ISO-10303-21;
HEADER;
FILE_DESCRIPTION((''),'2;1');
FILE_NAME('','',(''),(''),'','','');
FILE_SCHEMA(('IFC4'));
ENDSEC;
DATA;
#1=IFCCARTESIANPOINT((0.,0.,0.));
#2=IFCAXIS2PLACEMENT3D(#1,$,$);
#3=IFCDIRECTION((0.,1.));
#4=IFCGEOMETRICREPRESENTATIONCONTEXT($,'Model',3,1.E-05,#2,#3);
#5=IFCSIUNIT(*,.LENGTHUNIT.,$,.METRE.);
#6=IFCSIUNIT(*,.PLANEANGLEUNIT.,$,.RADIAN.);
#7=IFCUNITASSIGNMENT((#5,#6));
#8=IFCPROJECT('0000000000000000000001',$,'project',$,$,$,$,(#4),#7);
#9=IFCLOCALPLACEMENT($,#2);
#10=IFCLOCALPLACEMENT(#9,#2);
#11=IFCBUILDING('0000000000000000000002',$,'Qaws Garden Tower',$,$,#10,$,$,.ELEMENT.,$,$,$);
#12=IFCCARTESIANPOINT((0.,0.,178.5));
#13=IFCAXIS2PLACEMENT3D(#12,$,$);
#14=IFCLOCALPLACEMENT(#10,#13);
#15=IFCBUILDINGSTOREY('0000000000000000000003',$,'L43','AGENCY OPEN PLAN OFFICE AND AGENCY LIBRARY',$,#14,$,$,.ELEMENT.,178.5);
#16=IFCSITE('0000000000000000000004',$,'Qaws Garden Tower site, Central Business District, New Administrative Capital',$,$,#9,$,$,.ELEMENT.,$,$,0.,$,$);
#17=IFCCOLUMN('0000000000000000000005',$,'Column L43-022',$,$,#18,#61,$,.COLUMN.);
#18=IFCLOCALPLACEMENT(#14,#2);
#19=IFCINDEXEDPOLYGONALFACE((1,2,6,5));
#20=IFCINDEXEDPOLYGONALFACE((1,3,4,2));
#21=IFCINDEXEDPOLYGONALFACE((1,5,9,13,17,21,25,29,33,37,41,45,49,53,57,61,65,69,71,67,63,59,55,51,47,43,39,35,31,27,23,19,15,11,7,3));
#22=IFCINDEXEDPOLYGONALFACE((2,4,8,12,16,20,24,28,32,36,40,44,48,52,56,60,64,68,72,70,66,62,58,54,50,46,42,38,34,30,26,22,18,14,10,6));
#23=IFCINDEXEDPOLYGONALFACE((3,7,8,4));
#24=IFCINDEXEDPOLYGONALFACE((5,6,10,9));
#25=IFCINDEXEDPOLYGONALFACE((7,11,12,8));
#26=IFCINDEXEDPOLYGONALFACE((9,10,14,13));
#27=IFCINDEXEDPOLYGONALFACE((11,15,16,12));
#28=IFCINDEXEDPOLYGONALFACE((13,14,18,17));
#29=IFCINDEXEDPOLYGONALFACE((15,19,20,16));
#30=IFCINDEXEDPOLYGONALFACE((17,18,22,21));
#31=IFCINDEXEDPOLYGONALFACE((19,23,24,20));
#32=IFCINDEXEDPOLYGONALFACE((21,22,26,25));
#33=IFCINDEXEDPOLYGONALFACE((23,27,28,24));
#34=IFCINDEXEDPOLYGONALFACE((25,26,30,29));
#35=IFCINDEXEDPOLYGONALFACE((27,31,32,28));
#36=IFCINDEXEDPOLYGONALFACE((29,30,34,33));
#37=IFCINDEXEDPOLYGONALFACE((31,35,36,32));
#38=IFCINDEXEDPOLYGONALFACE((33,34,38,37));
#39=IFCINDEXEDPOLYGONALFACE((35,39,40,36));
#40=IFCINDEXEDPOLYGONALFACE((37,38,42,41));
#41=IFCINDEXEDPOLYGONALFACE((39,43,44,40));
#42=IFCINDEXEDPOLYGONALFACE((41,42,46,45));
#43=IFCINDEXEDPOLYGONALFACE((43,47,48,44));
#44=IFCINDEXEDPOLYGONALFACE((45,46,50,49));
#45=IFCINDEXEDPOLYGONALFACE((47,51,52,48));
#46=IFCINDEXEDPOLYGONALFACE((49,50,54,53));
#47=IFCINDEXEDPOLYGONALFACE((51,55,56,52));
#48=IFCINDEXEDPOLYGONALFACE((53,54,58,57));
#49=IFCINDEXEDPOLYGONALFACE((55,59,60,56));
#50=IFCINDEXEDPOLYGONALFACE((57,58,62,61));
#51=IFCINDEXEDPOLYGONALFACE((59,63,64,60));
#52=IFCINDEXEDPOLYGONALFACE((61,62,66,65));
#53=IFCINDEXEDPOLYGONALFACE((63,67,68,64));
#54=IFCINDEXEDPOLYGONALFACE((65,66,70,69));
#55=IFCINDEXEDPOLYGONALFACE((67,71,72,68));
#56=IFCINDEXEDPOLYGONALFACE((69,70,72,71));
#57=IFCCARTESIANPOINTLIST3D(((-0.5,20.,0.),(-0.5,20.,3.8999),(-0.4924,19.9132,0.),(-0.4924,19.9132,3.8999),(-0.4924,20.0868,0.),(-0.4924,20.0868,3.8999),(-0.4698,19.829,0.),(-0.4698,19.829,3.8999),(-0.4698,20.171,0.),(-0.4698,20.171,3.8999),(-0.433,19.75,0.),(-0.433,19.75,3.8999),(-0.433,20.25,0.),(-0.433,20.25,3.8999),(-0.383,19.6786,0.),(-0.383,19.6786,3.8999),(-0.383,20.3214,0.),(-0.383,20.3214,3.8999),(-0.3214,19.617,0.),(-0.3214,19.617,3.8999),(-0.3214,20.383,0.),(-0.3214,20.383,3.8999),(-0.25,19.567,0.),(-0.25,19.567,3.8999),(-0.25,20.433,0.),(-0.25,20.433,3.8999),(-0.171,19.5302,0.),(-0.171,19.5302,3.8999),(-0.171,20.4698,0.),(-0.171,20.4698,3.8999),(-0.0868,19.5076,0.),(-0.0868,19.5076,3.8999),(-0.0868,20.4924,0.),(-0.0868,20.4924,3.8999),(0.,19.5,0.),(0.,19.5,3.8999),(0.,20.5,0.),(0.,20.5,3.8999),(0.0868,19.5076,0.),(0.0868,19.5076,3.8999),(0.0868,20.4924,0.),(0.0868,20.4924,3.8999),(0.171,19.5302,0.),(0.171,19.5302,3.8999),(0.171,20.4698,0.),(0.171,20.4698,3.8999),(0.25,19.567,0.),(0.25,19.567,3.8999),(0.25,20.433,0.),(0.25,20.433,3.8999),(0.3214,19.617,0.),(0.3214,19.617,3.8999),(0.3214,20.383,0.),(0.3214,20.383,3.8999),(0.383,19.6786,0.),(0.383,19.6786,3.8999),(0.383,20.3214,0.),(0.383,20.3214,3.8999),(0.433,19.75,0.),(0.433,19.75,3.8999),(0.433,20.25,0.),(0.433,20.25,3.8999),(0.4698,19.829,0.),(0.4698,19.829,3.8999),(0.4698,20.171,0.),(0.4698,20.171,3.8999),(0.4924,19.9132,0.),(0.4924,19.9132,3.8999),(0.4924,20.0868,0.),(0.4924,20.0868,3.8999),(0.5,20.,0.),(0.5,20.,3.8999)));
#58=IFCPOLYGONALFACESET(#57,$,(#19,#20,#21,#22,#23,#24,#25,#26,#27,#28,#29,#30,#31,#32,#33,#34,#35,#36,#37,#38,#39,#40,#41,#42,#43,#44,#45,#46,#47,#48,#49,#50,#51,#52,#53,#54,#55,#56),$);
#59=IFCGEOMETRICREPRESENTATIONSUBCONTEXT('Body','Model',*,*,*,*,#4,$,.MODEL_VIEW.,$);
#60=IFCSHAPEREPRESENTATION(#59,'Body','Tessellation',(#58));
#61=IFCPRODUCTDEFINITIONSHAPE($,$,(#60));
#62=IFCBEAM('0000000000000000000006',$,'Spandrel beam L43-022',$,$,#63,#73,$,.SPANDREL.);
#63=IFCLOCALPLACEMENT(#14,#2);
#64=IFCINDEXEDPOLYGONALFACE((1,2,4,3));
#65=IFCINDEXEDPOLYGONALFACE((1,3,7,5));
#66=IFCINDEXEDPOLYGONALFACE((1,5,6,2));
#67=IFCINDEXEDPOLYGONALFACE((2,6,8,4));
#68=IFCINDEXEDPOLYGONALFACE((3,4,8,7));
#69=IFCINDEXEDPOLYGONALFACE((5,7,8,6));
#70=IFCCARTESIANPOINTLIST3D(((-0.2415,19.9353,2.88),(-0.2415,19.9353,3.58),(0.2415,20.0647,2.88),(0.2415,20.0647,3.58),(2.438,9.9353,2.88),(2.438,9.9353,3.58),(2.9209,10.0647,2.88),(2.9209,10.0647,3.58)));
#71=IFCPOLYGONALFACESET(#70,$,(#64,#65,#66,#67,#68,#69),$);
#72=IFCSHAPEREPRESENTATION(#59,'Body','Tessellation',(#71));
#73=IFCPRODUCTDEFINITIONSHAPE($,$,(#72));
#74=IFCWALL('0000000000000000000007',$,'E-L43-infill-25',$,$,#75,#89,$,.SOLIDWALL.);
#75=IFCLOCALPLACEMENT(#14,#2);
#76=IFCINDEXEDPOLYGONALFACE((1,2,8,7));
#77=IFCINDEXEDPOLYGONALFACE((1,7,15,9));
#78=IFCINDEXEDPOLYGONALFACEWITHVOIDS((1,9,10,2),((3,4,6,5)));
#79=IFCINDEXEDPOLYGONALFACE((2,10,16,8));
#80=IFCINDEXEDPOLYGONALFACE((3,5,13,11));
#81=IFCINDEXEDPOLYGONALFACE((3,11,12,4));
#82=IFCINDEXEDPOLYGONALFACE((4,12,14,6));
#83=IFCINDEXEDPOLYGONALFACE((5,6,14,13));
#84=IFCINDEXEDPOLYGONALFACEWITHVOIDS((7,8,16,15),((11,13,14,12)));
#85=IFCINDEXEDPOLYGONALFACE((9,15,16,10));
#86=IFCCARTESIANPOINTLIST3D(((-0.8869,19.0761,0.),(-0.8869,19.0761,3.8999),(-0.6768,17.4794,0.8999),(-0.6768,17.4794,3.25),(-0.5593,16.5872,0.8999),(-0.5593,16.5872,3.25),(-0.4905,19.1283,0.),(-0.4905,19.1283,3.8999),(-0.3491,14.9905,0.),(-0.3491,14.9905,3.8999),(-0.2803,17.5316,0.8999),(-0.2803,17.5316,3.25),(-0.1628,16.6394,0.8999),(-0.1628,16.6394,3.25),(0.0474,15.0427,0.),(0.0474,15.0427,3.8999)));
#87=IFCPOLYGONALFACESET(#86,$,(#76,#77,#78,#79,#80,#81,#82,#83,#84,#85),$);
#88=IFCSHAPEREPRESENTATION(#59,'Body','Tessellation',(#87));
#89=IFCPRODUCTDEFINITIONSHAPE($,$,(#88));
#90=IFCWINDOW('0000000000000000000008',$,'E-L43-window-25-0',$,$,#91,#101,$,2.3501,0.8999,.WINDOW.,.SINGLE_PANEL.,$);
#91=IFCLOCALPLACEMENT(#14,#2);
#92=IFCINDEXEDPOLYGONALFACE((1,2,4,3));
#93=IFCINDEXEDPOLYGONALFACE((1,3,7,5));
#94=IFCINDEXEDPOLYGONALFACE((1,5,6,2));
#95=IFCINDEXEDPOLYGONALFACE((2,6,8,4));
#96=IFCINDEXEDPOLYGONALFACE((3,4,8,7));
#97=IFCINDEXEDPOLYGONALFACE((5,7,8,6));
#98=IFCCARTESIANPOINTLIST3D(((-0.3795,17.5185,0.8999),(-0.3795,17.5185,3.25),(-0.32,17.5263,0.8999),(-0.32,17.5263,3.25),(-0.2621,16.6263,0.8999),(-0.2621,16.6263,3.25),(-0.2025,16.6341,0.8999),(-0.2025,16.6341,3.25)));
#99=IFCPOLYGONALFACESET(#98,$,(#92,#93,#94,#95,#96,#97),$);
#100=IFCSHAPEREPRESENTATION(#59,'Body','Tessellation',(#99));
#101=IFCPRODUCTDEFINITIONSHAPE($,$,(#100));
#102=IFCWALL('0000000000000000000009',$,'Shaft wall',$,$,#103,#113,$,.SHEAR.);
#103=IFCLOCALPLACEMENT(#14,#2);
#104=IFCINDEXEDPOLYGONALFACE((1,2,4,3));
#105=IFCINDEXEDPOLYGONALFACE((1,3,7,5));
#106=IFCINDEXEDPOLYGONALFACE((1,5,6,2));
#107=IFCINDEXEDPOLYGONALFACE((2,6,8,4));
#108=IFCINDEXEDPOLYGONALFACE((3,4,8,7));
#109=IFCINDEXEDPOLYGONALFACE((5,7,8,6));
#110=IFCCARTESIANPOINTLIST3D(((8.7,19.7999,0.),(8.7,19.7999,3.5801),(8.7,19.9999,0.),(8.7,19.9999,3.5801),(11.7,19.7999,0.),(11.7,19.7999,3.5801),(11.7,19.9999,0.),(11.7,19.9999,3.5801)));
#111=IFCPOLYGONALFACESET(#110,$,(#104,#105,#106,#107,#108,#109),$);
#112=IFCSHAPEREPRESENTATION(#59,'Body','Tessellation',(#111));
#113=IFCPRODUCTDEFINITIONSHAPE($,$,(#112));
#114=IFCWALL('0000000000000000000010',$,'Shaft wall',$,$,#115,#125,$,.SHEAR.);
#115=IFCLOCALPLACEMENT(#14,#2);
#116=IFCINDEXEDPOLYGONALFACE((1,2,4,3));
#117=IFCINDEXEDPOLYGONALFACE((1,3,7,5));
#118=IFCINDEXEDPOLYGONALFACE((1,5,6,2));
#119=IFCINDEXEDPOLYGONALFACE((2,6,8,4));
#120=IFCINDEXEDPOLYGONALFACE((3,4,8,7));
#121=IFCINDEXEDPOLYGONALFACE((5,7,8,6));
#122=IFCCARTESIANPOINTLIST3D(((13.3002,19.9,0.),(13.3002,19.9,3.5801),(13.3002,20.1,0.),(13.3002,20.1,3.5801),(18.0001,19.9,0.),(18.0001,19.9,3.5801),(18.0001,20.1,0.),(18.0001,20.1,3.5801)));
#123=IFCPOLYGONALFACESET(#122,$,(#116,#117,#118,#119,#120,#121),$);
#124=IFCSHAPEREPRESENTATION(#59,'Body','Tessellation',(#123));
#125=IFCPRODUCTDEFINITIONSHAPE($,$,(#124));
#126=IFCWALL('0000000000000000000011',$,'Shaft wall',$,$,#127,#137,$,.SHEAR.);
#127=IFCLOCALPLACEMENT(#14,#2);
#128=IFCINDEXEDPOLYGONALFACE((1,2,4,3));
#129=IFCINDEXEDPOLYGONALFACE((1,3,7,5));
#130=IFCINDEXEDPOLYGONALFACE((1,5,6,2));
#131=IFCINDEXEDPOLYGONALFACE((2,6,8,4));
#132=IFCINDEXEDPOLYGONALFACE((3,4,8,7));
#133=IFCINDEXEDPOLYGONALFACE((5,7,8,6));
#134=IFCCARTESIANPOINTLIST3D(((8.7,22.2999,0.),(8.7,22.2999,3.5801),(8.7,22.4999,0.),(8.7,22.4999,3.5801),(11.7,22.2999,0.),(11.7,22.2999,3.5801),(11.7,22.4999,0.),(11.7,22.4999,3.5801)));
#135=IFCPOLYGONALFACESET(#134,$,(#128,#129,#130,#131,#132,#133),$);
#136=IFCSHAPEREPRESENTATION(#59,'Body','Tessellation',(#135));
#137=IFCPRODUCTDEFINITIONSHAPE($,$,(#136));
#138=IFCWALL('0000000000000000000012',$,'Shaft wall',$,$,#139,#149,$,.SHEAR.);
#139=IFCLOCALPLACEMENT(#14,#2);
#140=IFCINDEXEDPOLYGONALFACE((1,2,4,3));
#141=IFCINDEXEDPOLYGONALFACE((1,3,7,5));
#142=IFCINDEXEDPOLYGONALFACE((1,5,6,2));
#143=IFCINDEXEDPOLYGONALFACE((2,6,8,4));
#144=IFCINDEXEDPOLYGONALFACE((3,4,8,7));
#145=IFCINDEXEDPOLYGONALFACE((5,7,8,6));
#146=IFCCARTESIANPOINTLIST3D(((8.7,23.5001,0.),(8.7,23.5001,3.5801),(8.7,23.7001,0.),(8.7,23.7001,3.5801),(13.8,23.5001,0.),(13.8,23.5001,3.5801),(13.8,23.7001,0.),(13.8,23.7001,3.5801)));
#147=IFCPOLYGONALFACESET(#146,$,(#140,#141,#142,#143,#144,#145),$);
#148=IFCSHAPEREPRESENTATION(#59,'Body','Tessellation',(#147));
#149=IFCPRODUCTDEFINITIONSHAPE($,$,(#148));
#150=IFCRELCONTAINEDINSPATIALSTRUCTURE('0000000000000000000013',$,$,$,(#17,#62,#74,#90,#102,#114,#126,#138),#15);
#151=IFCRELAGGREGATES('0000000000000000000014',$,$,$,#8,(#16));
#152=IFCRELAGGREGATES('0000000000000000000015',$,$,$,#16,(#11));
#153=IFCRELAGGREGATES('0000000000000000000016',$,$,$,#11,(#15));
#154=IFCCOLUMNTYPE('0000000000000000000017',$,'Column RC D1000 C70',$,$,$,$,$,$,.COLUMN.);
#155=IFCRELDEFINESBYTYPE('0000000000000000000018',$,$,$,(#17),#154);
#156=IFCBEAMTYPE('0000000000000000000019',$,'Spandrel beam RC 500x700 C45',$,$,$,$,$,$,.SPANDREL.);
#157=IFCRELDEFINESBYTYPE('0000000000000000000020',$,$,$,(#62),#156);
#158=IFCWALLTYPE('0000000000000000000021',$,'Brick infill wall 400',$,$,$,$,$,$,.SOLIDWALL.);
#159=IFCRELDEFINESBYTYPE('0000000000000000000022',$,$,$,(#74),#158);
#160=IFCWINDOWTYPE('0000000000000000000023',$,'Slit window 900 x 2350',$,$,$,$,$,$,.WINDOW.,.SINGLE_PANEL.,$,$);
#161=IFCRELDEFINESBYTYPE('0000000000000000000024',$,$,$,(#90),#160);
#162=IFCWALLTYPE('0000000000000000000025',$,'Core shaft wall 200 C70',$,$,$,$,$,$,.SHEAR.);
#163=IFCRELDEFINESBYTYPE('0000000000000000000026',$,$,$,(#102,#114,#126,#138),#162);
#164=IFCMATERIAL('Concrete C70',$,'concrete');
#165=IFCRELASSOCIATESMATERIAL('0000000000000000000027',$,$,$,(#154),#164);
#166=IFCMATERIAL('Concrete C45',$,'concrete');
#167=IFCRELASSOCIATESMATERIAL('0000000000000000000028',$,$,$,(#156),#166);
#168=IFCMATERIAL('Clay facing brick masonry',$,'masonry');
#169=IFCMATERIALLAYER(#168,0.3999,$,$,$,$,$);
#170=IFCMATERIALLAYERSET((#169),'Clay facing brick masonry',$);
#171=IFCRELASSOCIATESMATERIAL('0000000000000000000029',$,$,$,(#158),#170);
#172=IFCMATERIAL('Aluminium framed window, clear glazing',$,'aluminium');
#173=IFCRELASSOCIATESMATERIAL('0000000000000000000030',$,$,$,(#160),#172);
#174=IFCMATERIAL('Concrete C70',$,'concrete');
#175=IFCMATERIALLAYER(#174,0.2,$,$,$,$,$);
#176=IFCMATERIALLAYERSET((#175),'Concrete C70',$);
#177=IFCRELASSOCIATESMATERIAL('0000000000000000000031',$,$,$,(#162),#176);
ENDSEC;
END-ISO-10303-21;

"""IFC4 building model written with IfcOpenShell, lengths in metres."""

from ifc_helpers import new_model, si_unit, direction, frame, frame_2d, origin, origin_2d, place, context, subcontext, project, spatial, rectangle, circle, extrude, material, layer, layer_set, material_profile, profile_set, type_object, element, fill, save


model = new_model("IFC4")

# Units and contexts
model_context = context("Model", 3, precision=1e-05, world=origin(), true_north=direction((0.0, 1.0)))
body_context = subcontext(model_context, "Body", "Model", "MODEL_VIEW")
ifc_project = project(units=[si_unit("LENGTHUNIT", "METRE"), si_unit("PLANEANGLEUNIT", "RADIAN")], contexts=[model_context])

# Site, building, storey
site_placement = place(None, origin())
site = spatial("IfcSite", under=ifc_project, at=site_placement, Name="Qaws Garden Tower site, Central Business District, New Administrative Capital", CompositionType="ELEMENT", RefElevation=0.0)
building_placement = place(site_placement, origin())
building = spatial("IfcBuilding", under=site, at=building_placement, Name="Qaws Garden Tower", CompositionType="ELEMENT")
storey_placement = place(building_placement, frame((0.0, 0.0, 178.5)))
storey = spatial("IfcBuildingStorey", under=building, at=storey_placement, Name="L43", Description="AGENCY OPEN PLAN OFFICE AND AGENCY LIBRARY", CompositionType="ELEMENT", Elevation=178.5)

# Column
ifc_material_1 = material(Name="Concrete C70", Category="concrete")
ifc_material_profile_1 = material_profile(ifc_material_1, circle(Radius=0.5, at=origin_2d()), Name="RC D1000")
ifc_profile_set_1 = profile_set([ifc_material_profile_1], Name="Concrete C70")
column_type = type_object("IfcColumnType", Name="Column RC D1000 C70", PredefinedType="COLUMN", material=ifc_profile_set_1)
column_placement = place(storey_placement, frame((0.0, 20.0, 0.0), z_axis=(0.0, 0.0, 1.0), x_axis=(1.0, 0.0, 0.0)))
element("IfcColumn", 1, at=column_placement, inside=storey, type_object=column_type, Name="Column L43-022", PredefinedType="COLUMN", context=body_context, shape_type="SweptSolid", body=[
    extrude(circle(Radius=0.5, at=origin_2d()), origin(), (0.0, 0.0, 1.0), 3.8999),
])

# Beam
ifc_material_2 = material(Name="Concrete C45", Category="concrete")
ifc_material_profile_2 = material_profile(ifc_material_2, rectangle(XDim=0.5, YDim=0.7, at=origin_2d()), Name="RC 500x700")
ifc_profile_set_2 = profile_set([ifc_material_profile_2], Name="Concrete C45")
beam_type = type_object("IfcBeamType", Name="Spandrel beam RC 500x700 C45", PredefinedType="SPANDREL", material=ifc_profile_set_2)
beam_placement = place(storey_placement, frame((0.0, 20.0, 3.23), z_axis=(0.258815, -0.965927, 0.0), x_axis=(0.965927, 0.258815, 0.0)))
element("IfcBeam", 2, at=beam_placement, inside=storey, type_object=beam_type, Name="Spandrel beam L43-022", PredefinedType="SPANDREL", context=body_context, shape_type="SweptSolid", body=[
    extrude(rectangle(XDim=0.5, YDim=0.7, at=origin_2d()), origin(), (0.0, 0.0, 1.0), 10.3528),
])

# Wall, opening, window
ifc_material_3 = material(Name="Clay facing brick masonry", Category="masonry")
ifc_layer_1 = layer(ifc_material_3, 0.3999)
ifc_layer_set_1 = layer_set([ifc_layer_1], Name="Clay facing brick masonry")
wall_type_1 = type_object("IfcWallType", Name="Brick infill wall 400", PredefinedType="SOLIDWALL", material=ifc_layer_set_1)
wall_1_placement = place(storey_placement, frame((-0.6887, 19.1023, 0.0), z_axis=(0.0, 0.0, 1.0), x_axis=(0.130514, -0.991446, 0.0)))
wall_1 = element("IfcWall", 3, at=wall_1_placement, inside=storey, type_object=wall_type_1, Name="E-L43-infill-25", PredefinedType="SOLIDWALL", context=body_context, shape_type="SweptSolid", body=[
    extrude(rectangle(XDim=4.1208, YDim=0.3999, at=frame_2d((2.0605, 0.0))), origin(), (0.0, 0.0, 1.0), 3.8999),
])
opening_1_placement = place(wall_1_placement, frame((1.6106, 0.0, 0.8999)))
opening_1 = element("IfcOpeningElement", 4, at=opening_1_placement, cuts=wall_1, PredefinedType="OPENING", context=body_context, shape_type="SweptSolid", body=[
    extrude(rectangle(XDim=0.8999, YDim=2.3501, at=frame_2d((0.45, 1.175))), frame((0.0, 0.21, 0.0), z_axis=(0.0, -1.0, 0.0), x_axis=(1.0, 0.0, 0.0)), (0.0, 0.0, 1.0), 0.4199),
])
ifc_material_4 = material(Name="Aluminium framed window, clear glazing", Category="aluminium")
window_type = type_object("IfcWindowType", Name="Slit window 900 x 2350", PartitioningType="SINGLE_PANEL", PredefinedType="WINDOW", material=ifc_material_4)
window_placement = place(opening_1_placement, origin())
window = element("IfcWindow", 5, at=window_placement, inside=storey, type_object=window_type, Name="E-L43-window-25-0", OverallHeight=2.3501, OverallWidth=0.8999, PartitioningType="SINGLE_PANEL", PredefinedType="WINDOW", context=body_context, shape_type="SweptSolid", body=[
    extrude(rectangle(XDim=0.8999, YDim=2.3501, at=frame_2d((0.45, 1.175))), frame((0.0, 0.1599, 0.0), z_axis=(0.0, -1.0, 0.0), x_axis=(1.0, 0.0, 0.0)), (0.0, 0.0, 1.0), 0.0601),
])
fill(opening_1, window)

# Walls
ifc_material_5 = material(Name="Concrete C70", Category="concrete")
ifc_layer_2 = layer(ifc_material_5, 0.2)
ifc_layer_set_2 = layer_set([ifc_layer_2], Name="Concrete C70")
wall_type_2 = type_object("IfcWallType", Name="Core shaft wall 200 C70", PredefinedType="SHEAR", material=ifc_layer_set_2)
wall_2_placement = place(storey_placement, frame((8.7, 19.8999, 0.0), z_axis=(0.0, 0.0, 1.0), x_axis=(1.0, 0.0, 0.0)))
element("IfcWall", 6, at=wall_2_placement, inside=storey, type_object=wall_type_2, Name="Shaft wall", PredefinedType="SHEAR", context=body_context, shape_type="SweptSolid", body=[
    extrude(rectangle(XDim=3.0, YDim=0.2, at=frame_2d((1.5, 0.0))), origin(), (0.0, 0.0, 1.0), 3.5801),
])
wall_3_placement = place(storey_placement, frame((13.3, 20.0, 0.0), z_axis=(0.0, 0.0, 1.0), x_axis=(1.0, 0.0, 0.0)))
element("IfcWall", 7, at=wall_3_placement, inside=storey, type_object=wall_type_2, Name="Shaft wall", PredefinedType="SHEAR", context=body_context, shape_type="SweptSolid", body=[
    extrude(rectangle(XDim=4.7, YDim=0.2, at=frame_2d((2.3501, 0.0))), origin(), (0.0, 0.0, 1.0), 3.5801),
])
wall_4_placement = place(storey_placement, frame((8.7, 22.3999, 0.0), z_axis=(0.0, 0.0, 1.0), x_axis=(1.0, 0.0, 0.0)))
element("IfcWall", 8, at=wall_4_placement, inside=storey, type_object=wall_type_2, Name="Shaft wall", PredefinedType="SHEAR", context=body_context, shape_type="SweptSolid", body=[
    extrude(rectangle(XDim=3.0, YDim=0.2, at=frame_2d((1.5, 0.0))), origin(), (0.0, 0.0, 1.0), 3.5801),
])
wall_5_placement = place(storey_placement, frame((8.7, 23.6001, 0.0), z_axis=(0.0, 0.0, 1.0), x_axis=(1.0, 0.0, 0.0)))
element("IfcWall", 9, at=wall_5_placement, inside=storey, type_object=wall_type_2, Name="Shaft wall", PredefinedType="SHEAR", context=body_context, shape_type="SweptSolid", body=[
    extrude(rectangle(XDim=5.1001, YDim=0.2, at=frame_2d((2.55, 0.0))), origin(), (0.0, 0.0, 1.0), 3.5801),
])

save(model, "model.ifc")
